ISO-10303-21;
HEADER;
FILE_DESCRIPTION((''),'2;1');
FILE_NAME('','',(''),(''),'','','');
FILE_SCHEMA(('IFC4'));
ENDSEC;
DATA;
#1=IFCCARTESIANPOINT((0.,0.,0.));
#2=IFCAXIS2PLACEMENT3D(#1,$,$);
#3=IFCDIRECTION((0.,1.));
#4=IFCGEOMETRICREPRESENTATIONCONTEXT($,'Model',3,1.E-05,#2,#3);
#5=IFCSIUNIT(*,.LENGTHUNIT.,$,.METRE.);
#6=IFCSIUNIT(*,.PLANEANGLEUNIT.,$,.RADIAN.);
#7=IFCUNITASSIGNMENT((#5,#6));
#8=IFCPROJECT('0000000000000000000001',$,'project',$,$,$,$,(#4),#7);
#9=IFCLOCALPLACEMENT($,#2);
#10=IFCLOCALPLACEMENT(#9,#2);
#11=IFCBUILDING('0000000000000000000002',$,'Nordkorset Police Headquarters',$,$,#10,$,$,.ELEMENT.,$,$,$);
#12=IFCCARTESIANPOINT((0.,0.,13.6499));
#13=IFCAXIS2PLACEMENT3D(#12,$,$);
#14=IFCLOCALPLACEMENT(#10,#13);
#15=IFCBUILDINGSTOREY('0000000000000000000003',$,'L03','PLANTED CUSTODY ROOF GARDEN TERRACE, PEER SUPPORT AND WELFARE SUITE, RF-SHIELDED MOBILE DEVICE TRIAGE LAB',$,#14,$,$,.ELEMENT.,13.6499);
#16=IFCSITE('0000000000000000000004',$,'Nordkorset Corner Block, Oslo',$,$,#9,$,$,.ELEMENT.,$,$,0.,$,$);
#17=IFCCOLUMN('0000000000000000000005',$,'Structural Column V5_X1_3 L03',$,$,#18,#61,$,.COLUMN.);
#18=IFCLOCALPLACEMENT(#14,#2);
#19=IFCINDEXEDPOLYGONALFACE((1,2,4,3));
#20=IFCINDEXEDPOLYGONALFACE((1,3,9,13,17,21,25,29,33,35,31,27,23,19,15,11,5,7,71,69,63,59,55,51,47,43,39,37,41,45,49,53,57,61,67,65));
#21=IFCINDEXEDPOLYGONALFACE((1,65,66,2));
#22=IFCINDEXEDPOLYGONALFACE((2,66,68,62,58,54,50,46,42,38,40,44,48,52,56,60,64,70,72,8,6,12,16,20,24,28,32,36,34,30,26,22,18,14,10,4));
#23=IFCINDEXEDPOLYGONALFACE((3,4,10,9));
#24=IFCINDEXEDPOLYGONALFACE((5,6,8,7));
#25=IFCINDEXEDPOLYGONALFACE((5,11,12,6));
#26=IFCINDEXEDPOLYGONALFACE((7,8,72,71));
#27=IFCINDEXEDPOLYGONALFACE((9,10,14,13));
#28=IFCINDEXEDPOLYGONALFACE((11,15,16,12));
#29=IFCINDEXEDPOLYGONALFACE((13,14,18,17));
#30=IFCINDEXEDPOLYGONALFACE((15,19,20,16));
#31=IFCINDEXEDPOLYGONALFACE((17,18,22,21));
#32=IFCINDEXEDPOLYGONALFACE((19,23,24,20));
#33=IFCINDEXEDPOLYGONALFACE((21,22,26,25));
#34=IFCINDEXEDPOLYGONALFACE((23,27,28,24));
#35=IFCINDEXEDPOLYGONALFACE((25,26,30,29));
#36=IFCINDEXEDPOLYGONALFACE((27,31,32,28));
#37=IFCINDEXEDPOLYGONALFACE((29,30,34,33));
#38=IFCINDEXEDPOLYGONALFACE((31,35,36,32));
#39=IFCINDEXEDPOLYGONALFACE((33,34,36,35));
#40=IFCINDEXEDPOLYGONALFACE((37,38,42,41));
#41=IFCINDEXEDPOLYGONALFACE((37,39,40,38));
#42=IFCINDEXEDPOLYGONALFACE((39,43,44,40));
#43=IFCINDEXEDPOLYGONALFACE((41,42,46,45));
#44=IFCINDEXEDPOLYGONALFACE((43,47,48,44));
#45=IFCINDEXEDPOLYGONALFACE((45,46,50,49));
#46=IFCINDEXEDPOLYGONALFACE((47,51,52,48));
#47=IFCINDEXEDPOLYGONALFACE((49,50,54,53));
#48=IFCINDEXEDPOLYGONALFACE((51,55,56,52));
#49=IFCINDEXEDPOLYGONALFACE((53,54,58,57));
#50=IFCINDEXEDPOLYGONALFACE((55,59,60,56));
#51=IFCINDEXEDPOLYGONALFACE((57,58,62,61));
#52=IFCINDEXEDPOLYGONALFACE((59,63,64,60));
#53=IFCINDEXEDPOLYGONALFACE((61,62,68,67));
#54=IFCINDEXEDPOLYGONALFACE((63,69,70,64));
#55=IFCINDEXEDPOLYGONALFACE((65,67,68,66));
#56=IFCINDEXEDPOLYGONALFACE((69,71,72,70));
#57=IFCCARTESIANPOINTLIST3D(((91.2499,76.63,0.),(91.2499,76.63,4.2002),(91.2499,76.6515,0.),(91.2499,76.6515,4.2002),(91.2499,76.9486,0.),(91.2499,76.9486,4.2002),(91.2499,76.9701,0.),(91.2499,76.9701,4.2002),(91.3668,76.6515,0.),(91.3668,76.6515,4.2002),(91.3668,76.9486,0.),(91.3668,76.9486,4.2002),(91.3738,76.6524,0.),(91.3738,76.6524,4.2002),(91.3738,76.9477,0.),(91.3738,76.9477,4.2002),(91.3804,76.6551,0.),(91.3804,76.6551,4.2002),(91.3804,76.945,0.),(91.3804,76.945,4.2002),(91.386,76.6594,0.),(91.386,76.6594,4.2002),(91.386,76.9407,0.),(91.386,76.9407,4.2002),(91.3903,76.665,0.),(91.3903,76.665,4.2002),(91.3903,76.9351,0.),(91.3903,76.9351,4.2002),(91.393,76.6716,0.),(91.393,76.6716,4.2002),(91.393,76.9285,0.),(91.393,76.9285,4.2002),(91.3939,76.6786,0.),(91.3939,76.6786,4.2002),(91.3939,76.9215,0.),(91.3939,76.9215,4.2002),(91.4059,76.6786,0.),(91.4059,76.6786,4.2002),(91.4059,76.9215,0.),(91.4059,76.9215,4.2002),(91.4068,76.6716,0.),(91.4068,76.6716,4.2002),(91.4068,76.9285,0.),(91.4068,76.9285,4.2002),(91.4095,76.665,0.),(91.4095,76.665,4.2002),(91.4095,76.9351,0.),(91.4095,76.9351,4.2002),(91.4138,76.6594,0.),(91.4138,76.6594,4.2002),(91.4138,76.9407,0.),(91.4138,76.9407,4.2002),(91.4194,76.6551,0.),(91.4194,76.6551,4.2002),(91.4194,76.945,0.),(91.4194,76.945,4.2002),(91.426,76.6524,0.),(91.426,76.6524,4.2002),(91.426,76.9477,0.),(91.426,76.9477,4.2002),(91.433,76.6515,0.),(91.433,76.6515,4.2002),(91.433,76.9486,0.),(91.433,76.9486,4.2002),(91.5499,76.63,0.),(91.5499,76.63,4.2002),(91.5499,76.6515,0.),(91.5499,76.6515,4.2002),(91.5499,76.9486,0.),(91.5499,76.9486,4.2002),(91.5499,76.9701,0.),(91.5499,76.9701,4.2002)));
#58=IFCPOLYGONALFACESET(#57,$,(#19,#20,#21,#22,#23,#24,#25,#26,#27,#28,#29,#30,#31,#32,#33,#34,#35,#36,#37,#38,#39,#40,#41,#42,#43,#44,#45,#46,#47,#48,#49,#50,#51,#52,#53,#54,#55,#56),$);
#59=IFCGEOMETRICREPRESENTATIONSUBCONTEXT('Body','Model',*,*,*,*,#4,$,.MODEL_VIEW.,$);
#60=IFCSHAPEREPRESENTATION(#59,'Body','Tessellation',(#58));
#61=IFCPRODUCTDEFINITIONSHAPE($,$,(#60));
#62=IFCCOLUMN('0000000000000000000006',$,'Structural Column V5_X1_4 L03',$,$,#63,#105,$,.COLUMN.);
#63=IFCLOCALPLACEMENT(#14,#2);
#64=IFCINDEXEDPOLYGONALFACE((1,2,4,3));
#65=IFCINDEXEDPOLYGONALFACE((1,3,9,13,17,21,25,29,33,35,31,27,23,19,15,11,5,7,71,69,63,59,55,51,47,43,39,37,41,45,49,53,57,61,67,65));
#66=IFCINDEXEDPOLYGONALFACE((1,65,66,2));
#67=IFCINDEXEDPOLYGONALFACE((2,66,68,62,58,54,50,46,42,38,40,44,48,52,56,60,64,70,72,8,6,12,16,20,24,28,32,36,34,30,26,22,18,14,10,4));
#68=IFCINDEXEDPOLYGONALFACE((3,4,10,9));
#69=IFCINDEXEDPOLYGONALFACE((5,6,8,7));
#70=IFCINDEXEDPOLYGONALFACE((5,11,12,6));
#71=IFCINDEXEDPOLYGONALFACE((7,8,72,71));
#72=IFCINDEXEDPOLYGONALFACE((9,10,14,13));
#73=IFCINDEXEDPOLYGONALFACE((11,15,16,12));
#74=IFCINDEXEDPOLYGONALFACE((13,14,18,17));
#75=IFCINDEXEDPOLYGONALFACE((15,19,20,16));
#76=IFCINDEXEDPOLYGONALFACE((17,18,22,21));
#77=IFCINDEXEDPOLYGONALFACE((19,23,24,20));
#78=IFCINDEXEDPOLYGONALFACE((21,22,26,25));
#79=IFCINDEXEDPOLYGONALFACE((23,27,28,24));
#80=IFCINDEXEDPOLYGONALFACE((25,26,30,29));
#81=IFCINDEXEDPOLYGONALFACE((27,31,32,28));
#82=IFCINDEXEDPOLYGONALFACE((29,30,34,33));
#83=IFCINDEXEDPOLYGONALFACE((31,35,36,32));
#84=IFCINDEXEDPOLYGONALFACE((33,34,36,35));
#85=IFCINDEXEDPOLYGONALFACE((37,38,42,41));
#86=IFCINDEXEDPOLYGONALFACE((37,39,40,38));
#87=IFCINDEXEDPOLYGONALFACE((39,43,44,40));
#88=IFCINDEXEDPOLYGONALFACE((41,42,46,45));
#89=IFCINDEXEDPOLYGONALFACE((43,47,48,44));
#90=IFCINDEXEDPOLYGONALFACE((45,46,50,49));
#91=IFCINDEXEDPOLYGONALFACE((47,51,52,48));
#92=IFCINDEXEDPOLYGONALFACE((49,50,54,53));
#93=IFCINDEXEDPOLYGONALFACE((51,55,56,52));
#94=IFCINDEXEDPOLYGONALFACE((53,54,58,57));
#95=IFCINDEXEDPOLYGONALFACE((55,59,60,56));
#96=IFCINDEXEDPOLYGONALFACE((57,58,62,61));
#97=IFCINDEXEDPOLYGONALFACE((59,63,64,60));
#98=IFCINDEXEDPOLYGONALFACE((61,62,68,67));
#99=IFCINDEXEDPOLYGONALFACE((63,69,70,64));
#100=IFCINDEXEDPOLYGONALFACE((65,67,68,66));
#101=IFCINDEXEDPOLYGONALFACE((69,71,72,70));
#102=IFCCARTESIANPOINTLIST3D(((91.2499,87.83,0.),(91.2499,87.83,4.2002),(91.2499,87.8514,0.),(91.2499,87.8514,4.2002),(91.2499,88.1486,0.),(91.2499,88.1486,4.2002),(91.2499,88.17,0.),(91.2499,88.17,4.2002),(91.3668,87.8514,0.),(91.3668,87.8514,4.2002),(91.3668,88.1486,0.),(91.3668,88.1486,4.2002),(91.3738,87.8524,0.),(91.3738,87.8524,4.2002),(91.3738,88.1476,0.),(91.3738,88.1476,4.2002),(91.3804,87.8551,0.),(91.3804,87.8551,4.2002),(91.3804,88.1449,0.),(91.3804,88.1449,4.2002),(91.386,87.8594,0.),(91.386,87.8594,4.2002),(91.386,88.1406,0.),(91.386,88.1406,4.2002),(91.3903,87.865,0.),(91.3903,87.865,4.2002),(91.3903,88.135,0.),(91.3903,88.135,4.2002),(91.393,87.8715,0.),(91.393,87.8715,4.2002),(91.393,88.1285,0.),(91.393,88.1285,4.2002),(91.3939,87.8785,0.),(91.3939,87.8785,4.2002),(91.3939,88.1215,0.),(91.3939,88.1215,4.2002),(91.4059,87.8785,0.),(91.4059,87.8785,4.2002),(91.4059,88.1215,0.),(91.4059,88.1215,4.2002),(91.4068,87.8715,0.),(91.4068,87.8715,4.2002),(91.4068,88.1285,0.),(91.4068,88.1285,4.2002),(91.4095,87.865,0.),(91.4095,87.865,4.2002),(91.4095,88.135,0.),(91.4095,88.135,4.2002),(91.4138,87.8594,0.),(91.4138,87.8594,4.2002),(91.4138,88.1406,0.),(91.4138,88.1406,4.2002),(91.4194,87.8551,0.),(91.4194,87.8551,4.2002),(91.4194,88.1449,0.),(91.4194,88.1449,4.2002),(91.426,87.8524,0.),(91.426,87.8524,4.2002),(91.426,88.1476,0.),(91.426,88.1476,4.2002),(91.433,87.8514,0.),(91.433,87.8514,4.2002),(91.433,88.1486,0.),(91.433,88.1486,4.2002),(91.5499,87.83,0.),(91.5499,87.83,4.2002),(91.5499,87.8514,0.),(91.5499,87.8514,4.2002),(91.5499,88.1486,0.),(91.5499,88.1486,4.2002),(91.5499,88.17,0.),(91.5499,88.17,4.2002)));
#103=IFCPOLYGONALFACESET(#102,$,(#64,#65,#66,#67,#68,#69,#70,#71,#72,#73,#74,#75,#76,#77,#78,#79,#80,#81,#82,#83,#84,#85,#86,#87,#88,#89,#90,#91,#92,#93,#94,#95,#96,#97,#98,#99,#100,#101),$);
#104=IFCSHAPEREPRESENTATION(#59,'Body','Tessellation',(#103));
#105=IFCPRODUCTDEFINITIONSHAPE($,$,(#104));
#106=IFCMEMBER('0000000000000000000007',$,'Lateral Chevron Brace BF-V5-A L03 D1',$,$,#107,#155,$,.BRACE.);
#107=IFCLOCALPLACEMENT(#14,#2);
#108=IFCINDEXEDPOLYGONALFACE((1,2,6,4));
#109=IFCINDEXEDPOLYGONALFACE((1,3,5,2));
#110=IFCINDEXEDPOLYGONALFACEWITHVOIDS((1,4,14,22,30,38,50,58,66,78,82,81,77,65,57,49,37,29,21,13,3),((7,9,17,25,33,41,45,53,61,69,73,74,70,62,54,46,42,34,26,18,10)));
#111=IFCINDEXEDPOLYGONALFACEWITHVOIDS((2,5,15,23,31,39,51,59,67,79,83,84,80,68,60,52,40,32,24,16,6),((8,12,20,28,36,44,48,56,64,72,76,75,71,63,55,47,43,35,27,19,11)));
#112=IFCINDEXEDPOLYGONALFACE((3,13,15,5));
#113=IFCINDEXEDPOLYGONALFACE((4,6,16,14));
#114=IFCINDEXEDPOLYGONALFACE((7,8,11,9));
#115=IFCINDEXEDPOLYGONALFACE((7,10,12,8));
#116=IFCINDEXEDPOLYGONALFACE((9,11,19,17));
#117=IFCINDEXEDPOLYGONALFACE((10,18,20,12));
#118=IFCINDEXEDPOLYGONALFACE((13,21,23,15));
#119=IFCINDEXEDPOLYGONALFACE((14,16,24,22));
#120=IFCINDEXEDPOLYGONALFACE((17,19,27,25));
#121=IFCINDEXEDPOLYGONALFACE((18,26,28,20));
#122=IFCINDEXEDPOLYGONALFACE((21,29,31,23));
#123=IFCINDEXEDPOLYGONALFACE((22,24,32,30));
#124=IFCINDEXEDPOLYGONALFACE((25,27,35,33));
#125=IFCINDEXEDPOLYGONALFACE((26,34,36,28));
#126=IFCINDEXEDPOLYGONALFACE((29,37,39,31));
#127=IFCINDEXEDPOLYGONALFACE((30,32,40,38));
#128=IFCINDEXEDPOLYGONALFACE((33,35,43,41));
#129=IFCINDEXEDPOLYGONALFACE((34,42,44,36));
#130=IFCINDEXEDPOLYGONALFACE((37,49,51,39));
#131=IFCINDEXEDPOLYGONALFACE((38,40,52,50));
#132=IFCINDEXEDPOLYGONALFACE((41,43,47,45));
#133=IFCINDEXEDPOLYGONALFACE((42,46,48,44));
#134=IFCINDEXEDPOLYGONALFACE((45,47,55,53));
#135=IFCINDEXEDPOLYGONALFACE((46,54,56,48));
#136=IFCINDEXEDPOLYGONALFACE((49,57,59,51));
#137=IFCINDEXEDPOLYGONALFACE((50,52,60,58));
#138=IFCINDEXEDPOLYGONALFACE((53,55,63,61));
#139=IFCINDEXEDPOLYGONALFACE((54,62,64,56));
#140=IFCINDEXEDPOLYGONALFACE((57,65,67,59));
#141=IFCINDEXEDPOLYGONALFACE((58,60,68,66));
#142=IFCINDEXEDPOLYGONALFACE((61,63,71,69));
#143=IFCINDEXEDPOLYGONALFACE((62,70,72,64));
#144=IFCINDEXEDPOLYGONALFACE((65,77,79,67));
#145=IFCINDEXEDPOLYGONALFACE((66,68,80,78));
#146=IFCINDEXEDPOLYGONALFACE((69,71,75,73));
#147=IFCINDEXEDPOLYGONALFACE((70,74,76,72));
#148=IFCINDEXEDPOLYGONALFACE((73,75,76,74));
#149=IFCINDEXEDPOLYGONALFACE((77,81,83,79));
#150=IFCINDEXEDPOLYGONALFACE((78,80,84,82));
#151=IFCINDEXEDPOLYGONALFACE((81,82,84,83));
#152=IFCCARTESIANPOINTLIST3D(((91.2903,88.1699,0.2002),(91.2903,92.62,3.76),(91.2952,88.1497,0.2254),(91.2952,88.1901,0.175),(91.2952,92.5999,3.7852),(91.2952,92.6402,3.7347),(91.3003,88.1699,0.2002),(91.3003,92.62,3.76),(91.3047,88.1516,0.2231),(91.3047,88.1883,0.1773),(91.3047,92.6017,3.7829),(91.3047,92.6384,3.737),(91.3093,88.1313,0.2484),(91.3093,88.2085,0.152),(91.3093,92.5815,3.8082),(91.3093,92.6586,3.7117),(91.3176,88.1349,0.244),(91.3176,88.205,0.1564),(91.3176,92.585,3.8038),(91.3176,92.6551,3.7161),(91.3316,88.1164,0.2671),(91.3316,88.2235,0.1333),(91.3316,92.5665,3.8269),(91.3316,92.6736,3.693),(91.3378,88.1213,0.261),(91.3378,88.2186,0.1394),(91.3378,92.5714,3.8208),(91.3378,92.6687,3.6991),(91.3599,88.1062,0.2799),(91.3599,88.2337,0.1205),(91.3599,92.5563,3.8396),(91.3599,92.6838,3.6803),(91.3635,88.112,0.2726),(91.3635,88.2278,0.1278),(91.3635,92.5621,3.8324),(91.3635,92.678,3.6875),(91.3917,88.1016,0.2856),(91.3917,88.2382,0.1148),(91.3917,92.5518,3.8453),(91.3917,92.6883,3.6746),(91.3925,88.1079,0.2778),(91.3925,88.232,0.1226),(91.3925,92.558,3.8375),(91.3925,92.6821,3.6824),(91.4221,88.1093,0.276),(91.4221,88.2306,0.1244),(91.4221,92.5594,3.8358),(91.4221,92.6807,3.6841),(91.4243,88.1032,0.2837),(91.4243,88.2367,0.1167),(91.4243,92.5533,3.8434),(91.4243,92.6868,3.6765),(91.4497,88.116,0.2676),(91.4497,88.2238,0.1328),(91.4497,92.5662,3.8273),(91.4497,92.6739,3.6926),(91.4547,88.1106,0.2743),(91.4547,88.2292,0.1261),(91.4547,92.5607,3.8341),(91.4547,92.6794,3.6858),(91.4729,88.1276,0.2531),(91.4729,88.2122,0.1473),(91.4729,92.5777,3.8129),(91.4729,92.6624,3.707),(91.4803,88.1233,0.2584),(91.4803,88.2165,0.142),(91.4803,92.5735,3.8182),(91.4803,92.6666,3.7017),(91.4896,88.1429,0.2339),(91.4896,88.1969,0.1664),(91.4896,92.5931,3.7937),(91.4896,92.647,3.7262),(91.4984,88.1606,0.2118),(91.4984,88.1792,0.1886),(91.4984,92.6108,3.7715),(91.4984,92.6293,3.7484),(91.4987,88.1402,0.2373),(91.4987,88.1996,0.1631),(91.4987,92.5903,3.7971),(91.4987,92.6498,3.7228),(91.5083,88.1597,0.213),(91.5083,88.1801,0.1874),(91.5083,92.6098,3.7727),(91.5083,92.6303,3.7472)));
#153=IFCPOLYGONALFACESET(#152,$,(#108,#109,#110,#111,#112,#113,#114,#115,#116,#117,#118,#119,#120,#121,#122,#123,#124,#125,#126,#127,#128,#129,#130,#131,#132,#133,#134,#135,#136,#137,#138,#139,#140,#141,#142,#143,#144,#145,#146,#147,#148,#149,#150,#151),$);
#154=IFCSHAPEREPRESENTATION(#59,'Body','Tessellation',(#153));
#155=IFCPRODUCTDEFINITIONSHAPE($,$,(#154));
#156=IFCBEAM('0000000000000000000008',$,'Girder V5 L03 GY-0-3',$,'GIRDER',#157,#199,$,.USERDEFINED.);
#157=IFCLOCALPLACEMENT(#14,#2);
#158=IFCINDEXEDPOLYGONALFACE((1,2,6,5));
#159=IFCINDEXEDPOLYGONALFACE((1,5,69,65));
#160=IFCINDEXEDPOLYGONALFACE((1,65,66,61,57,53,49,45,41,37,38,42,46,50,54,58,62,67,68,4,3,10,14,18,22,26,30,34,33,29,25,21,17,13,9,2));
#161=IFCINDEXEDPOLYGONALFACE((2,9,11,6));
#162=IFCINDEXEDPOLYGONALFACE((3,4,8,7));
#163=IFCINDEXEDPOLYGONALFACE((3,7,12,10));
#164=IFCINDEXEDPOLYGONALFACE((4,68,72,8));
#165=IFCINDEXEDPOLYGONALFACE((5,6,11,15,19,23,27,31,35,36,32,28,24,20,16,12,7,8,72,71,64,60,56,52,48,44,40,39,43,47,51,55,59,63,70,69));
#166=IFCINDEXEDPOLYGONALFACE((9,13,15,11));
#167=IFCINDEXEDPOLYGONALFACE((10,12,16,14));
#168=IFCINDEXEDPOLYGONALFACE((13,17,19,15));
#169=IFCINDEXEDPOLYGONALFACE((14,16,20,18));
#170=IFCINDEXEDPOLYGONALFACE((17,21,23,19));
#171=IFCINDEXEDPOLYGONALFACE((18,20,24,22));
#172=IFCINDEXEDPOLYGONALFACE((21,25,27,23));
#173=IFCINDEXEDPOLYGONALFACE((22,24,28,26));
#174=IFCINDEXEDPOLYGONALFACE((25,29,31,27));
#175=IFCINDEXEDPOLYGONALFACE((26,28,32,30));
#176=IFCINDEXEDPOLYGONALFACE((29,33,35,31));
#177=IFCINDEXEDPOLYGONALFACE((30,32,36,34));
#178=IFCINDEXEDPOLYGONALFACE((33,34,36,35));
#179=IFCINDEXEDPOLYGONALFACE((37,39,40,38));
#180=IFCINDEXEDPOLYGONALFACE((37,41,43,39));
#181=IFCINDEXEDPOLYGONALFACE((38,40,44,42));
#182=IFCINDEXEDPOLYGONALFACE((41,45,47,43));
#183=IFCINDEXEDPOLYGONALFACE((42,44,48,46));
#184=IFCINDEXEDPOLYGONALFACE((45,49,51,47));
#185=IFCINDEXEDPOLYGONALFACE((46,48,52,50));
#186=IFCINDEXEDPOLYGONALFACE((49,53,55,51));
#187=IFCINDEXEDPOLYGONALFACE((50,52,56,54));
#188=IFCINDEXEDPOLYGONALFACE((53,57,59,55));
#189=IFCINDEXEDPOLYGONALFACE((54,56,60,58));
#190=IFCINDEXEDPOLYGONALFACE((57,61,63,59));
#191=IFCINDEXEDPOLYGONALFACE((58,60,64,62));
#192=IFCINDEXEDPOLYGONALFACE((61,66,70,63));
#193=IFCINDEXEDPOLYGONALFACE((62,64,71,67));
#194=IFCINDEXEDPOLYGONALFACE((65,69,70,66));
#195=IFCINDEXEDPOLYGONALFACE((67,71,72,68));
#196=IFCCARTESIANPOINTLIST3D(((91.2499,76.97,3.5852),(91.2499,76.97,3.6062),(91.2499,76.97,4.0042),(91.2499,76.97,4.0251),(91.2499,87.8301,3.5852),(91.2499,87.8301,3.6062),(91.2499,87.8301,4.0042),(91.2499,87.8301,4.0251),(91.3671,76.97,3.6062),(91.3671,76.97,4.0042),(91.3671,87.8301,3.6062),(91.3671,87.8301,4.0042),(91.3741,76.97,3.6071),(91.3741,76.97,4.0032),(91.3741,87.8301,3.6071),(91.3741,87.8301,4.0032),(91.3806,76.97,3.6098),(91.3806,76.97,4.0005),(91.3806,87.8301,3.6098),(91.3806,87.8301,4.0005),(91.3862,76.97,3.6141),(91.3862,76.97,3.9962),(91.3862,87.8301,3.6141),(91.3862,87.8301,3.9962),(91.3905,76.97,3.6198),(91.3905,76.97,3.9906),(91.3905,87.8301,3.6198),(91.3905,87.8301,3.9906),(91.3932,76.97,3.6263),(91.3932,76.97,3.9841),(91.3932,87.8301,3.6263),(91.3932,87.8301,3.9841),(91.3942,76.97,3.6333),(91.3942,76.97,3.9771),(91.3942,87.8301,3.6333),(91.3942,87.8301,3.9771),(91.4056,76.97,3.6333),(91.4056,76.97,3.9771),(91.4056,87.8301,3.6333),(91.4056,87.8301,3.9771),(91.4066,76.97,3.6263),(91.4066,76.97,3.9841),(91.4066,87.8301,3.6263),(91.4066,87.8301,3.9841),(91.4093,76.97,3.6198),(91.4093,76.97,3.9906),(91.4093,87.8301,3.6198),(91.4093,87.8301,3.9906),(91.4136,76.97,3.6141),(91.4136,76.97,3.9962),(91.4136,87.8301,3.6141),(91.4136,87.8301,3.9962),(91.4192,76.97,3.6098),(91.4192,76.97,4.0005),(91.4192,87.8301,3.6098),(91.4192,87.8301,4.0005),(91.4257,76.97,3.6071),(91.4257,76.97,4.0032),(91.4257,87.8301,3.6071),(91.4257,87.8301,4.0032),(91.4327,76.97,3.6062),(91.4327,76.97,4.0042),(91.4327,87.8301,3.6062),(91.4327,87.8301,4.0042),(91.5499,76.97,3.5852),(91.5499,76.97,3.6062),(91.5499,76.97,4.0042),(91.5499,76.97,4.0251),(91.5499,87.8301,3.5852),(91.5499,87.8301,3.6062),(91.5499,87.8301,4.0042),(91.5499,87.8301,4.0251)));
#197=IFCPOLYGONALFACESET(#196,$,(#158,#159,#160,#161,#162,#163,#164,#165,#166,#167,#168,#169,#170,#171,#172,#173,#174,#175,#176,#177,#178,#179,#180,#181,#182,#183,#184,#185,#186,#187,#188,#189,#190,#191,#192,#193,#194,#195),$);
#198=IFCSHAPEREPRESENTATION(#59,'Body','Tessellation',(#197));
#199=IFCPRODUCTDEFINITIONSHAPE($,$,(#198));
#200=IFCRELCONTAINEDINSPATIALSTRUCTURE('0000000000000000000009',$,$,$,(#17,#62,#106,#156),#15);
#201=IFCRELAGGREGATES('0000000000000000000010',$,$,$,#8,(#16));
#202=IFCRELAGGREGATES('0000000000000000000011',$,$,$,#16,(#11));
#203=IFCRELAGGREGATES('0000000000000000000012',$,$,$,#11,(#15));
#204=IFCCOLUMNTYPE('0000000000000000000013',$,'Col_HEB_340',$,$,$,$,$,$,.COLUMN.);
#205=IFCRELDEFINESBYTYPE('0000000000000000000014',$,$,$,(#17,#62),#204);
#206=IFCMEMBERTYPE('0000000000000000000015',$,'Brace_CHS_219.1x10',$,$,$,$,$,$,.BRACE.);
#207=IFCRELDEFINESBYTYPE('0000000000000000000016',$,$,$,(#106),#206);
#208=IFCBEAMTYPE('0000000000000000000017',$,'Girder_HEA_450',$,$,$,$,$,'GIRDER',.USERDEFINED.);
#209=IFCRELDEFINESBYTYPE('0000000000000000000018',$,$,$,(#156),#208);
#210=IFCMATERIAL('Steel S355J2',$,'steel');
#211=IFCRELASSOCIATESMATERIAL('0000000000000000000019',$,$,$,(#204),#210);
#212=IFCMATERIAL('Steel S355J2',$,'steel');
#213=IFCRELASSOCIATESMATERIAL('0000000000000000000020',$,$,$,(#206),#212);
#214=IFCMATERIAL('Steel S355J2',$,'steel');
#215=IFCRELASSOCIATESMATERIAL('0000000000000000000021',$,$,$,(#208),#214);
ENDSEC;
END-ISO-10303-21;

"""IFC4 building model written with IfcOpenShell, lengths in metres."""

from ifc_helpers import new_model, si_unit, direction, frame, origin, origin_2d, place, context, subcontext, project, spatial, hollow_circle, i_section, extrude, material, material_profile, profile_set, type_object, element, save


model = new_model("IFC4")

# Units and contexts
model_context = context("Model", 3, precision=1e-05, world=origin(), true_north=direction((0.0, 1.0)))
body_context = subcontext(model_context, "Body", "Model", "MODEL_VIEW")
ifc_project = project(units=[si_unit("LENGTHUNIT", "METRE"), si_unit("PLANEANGLEUNIT", "RADIAN")], contexts=[model_context])

# Site, building, storey
site_placement = place(None, origin())
site = spatial("IfcSite", under=ifc_project, at=site_placement, Name="Nordkorset Corner Block, Oslo", CompositionType="ELEMENT", RefElevation=0.0)
building_placement = place(site_placement, origin())
building = spatial("IfcBuilding", under=site, at=building_placement, Name="Nordkorset Police Headquarters", CompositionType="ELEMENT")
storey_placement = place(building_placement, frame((0.0, 0.0, 13.6499)))
storey = spatial("IfcBuildingStorey", under=building, at=storey_placement, Name="L03", Description="PLANTED CUSTODY ROOF GARDEN TERRACE, PEER SUPPORT AND WELFARE SUITE, RF-SHIELDED MOBILE DEVICE TRIAGE LAB", CompositionType="ELEMENT", Elevation=13.6499)

# Columns
ifc_material_1 = material(Name="Steel S355J2", Category="steel")
ifc_material_profile_1 = material_profile(ifc_material_1, i_section(OverallWidth=0.3, OverallDepth=0.3401, WebThickness=0.012, FlangeThickness=0.0215, FilletRadius=0.0271, at=origin_2d()), Name="HEB 340")
ifc_profile_set_1 = profile_set([ifc_material_profile_1], Name="Steel S355J2")
column_type = type_object("IfcColumnType", Name="Col_HEB_340", PredefinedType="COLUMN", material=ifc_profile_set_1)
for number, where, z_axis, x_axis, name in (
    (1, (91.3999, 76.8, 0.0), (0.0, 0.0, 1.0), (1.0, 0.0, 0.0), "Structural Column V5_X1_3 L03"),
    (2, (91.3999, 88.0, 0.0), (0.0, 0.0, 1.0), (1.0, 0.0, 0.0), "Structural Column V5_X1_4 L03"),
):
    element("IfcColumn", number, at=place(storey_placement, frame(where, z_axis=z_axis, x_axis=x_axis)), inside=storey, type_object=column_type, Name=name, PredefinedType="COLUMN", context=body_context, shape_type="SweptSolid", body=[
        extrude(i_section(OverallWidth=0.3, OverallDepth=0.3401, WebThickness=0.012, FlangeThickness=0.0215, FilletRadius=0.0271, at=origin_2d()), origin(), (0.0, 0.0, 1.0), 4.2002),
    ])

# Member
ifc_material_2 = material(Name="Steel S355J2", Category="steel")
ifc_material_profile_2 = material_profile(ifc_material_2, hollow_circle(Radius=0.1096, WallThickness=0.01, at=origin_2d()), Name="CHS 219.1x10")
ifc_profile_set_2 = profile_set([ifc_material_profile_2], Name="Steel S355J2")
member_type = type_object("IfcMemberType", Name="Brace_CHS_219.1x10", PredefinedType="BRACE", material=ifc_profile_set_2)
member_placement = place(storey_placement, frame((91.3999, 88.1699, 0.2002), z_axis=(0.0, 0.780898, 0.624658), x_axis=(-1.0, 0.0, 0.0)))
element("IfcMember", 3, at=member_placement, inside=storey, type_object=member_type, Name="Lateral Chevron Brace BF-V5-A L03 D1", PredefinedType="BRACE", context=body_context, shape_type="SweptSolid", body=[
    extrude(hollow_circle(Radius=0.1096, WallThickness=0.01, at=origin_2d()), origin(), (0.0, 0.0, 1.0), 5.6987),
])

# Beam
ifc_material_3 = material(Name="Steel S355J2", Category="steel")
ifc_material_profile_3 = material_profile(ifc_material_3, i_section(OverallWidth=0.3, OverallDepth=0.4399, WebThickness=0.0115, FlangeThickness=0.021, FilletRadius=0.0271, at=origin_2d()), Name="HEA 450")
ifc_profile_set_3 = profile_set([ifc_material_profile_3], Name="Steel S355J2")
beam_type_1 = type_object("IfcBeamType", Name="Girder_HEA_450", ElementType="GIRDER", PredefinedType="USERDEFINED", material=ifc_profile_set_3)
beam_1_placement = place(storey_placement, frame((91.3999, 76.97, 3.8052), z_axis=(0.0, 1.0, 0.0), x_axis=(-1.0, 0.0, 0.0)))
element("IfcBeam", 4, at=beam_1_placement, inside=storey, type_object=beam_type_1, Name="Girder V5 L03 GY-0-3", ObjectType="GIRDER", PredefinedType="USERDEFINED", context=body_context, shape_type="SweptSolid", body=[
    extrude(i_section(OverallWidth=0.3, OverallDepth=0.4399, WebThickness=0.0115, FlangeThickness=0.021, FilletRadius=0.0271, at=origin_2d()), origin(), (0.0, 0.0, 1.0), 10.8601),
])

save(model, "model.ifc")
